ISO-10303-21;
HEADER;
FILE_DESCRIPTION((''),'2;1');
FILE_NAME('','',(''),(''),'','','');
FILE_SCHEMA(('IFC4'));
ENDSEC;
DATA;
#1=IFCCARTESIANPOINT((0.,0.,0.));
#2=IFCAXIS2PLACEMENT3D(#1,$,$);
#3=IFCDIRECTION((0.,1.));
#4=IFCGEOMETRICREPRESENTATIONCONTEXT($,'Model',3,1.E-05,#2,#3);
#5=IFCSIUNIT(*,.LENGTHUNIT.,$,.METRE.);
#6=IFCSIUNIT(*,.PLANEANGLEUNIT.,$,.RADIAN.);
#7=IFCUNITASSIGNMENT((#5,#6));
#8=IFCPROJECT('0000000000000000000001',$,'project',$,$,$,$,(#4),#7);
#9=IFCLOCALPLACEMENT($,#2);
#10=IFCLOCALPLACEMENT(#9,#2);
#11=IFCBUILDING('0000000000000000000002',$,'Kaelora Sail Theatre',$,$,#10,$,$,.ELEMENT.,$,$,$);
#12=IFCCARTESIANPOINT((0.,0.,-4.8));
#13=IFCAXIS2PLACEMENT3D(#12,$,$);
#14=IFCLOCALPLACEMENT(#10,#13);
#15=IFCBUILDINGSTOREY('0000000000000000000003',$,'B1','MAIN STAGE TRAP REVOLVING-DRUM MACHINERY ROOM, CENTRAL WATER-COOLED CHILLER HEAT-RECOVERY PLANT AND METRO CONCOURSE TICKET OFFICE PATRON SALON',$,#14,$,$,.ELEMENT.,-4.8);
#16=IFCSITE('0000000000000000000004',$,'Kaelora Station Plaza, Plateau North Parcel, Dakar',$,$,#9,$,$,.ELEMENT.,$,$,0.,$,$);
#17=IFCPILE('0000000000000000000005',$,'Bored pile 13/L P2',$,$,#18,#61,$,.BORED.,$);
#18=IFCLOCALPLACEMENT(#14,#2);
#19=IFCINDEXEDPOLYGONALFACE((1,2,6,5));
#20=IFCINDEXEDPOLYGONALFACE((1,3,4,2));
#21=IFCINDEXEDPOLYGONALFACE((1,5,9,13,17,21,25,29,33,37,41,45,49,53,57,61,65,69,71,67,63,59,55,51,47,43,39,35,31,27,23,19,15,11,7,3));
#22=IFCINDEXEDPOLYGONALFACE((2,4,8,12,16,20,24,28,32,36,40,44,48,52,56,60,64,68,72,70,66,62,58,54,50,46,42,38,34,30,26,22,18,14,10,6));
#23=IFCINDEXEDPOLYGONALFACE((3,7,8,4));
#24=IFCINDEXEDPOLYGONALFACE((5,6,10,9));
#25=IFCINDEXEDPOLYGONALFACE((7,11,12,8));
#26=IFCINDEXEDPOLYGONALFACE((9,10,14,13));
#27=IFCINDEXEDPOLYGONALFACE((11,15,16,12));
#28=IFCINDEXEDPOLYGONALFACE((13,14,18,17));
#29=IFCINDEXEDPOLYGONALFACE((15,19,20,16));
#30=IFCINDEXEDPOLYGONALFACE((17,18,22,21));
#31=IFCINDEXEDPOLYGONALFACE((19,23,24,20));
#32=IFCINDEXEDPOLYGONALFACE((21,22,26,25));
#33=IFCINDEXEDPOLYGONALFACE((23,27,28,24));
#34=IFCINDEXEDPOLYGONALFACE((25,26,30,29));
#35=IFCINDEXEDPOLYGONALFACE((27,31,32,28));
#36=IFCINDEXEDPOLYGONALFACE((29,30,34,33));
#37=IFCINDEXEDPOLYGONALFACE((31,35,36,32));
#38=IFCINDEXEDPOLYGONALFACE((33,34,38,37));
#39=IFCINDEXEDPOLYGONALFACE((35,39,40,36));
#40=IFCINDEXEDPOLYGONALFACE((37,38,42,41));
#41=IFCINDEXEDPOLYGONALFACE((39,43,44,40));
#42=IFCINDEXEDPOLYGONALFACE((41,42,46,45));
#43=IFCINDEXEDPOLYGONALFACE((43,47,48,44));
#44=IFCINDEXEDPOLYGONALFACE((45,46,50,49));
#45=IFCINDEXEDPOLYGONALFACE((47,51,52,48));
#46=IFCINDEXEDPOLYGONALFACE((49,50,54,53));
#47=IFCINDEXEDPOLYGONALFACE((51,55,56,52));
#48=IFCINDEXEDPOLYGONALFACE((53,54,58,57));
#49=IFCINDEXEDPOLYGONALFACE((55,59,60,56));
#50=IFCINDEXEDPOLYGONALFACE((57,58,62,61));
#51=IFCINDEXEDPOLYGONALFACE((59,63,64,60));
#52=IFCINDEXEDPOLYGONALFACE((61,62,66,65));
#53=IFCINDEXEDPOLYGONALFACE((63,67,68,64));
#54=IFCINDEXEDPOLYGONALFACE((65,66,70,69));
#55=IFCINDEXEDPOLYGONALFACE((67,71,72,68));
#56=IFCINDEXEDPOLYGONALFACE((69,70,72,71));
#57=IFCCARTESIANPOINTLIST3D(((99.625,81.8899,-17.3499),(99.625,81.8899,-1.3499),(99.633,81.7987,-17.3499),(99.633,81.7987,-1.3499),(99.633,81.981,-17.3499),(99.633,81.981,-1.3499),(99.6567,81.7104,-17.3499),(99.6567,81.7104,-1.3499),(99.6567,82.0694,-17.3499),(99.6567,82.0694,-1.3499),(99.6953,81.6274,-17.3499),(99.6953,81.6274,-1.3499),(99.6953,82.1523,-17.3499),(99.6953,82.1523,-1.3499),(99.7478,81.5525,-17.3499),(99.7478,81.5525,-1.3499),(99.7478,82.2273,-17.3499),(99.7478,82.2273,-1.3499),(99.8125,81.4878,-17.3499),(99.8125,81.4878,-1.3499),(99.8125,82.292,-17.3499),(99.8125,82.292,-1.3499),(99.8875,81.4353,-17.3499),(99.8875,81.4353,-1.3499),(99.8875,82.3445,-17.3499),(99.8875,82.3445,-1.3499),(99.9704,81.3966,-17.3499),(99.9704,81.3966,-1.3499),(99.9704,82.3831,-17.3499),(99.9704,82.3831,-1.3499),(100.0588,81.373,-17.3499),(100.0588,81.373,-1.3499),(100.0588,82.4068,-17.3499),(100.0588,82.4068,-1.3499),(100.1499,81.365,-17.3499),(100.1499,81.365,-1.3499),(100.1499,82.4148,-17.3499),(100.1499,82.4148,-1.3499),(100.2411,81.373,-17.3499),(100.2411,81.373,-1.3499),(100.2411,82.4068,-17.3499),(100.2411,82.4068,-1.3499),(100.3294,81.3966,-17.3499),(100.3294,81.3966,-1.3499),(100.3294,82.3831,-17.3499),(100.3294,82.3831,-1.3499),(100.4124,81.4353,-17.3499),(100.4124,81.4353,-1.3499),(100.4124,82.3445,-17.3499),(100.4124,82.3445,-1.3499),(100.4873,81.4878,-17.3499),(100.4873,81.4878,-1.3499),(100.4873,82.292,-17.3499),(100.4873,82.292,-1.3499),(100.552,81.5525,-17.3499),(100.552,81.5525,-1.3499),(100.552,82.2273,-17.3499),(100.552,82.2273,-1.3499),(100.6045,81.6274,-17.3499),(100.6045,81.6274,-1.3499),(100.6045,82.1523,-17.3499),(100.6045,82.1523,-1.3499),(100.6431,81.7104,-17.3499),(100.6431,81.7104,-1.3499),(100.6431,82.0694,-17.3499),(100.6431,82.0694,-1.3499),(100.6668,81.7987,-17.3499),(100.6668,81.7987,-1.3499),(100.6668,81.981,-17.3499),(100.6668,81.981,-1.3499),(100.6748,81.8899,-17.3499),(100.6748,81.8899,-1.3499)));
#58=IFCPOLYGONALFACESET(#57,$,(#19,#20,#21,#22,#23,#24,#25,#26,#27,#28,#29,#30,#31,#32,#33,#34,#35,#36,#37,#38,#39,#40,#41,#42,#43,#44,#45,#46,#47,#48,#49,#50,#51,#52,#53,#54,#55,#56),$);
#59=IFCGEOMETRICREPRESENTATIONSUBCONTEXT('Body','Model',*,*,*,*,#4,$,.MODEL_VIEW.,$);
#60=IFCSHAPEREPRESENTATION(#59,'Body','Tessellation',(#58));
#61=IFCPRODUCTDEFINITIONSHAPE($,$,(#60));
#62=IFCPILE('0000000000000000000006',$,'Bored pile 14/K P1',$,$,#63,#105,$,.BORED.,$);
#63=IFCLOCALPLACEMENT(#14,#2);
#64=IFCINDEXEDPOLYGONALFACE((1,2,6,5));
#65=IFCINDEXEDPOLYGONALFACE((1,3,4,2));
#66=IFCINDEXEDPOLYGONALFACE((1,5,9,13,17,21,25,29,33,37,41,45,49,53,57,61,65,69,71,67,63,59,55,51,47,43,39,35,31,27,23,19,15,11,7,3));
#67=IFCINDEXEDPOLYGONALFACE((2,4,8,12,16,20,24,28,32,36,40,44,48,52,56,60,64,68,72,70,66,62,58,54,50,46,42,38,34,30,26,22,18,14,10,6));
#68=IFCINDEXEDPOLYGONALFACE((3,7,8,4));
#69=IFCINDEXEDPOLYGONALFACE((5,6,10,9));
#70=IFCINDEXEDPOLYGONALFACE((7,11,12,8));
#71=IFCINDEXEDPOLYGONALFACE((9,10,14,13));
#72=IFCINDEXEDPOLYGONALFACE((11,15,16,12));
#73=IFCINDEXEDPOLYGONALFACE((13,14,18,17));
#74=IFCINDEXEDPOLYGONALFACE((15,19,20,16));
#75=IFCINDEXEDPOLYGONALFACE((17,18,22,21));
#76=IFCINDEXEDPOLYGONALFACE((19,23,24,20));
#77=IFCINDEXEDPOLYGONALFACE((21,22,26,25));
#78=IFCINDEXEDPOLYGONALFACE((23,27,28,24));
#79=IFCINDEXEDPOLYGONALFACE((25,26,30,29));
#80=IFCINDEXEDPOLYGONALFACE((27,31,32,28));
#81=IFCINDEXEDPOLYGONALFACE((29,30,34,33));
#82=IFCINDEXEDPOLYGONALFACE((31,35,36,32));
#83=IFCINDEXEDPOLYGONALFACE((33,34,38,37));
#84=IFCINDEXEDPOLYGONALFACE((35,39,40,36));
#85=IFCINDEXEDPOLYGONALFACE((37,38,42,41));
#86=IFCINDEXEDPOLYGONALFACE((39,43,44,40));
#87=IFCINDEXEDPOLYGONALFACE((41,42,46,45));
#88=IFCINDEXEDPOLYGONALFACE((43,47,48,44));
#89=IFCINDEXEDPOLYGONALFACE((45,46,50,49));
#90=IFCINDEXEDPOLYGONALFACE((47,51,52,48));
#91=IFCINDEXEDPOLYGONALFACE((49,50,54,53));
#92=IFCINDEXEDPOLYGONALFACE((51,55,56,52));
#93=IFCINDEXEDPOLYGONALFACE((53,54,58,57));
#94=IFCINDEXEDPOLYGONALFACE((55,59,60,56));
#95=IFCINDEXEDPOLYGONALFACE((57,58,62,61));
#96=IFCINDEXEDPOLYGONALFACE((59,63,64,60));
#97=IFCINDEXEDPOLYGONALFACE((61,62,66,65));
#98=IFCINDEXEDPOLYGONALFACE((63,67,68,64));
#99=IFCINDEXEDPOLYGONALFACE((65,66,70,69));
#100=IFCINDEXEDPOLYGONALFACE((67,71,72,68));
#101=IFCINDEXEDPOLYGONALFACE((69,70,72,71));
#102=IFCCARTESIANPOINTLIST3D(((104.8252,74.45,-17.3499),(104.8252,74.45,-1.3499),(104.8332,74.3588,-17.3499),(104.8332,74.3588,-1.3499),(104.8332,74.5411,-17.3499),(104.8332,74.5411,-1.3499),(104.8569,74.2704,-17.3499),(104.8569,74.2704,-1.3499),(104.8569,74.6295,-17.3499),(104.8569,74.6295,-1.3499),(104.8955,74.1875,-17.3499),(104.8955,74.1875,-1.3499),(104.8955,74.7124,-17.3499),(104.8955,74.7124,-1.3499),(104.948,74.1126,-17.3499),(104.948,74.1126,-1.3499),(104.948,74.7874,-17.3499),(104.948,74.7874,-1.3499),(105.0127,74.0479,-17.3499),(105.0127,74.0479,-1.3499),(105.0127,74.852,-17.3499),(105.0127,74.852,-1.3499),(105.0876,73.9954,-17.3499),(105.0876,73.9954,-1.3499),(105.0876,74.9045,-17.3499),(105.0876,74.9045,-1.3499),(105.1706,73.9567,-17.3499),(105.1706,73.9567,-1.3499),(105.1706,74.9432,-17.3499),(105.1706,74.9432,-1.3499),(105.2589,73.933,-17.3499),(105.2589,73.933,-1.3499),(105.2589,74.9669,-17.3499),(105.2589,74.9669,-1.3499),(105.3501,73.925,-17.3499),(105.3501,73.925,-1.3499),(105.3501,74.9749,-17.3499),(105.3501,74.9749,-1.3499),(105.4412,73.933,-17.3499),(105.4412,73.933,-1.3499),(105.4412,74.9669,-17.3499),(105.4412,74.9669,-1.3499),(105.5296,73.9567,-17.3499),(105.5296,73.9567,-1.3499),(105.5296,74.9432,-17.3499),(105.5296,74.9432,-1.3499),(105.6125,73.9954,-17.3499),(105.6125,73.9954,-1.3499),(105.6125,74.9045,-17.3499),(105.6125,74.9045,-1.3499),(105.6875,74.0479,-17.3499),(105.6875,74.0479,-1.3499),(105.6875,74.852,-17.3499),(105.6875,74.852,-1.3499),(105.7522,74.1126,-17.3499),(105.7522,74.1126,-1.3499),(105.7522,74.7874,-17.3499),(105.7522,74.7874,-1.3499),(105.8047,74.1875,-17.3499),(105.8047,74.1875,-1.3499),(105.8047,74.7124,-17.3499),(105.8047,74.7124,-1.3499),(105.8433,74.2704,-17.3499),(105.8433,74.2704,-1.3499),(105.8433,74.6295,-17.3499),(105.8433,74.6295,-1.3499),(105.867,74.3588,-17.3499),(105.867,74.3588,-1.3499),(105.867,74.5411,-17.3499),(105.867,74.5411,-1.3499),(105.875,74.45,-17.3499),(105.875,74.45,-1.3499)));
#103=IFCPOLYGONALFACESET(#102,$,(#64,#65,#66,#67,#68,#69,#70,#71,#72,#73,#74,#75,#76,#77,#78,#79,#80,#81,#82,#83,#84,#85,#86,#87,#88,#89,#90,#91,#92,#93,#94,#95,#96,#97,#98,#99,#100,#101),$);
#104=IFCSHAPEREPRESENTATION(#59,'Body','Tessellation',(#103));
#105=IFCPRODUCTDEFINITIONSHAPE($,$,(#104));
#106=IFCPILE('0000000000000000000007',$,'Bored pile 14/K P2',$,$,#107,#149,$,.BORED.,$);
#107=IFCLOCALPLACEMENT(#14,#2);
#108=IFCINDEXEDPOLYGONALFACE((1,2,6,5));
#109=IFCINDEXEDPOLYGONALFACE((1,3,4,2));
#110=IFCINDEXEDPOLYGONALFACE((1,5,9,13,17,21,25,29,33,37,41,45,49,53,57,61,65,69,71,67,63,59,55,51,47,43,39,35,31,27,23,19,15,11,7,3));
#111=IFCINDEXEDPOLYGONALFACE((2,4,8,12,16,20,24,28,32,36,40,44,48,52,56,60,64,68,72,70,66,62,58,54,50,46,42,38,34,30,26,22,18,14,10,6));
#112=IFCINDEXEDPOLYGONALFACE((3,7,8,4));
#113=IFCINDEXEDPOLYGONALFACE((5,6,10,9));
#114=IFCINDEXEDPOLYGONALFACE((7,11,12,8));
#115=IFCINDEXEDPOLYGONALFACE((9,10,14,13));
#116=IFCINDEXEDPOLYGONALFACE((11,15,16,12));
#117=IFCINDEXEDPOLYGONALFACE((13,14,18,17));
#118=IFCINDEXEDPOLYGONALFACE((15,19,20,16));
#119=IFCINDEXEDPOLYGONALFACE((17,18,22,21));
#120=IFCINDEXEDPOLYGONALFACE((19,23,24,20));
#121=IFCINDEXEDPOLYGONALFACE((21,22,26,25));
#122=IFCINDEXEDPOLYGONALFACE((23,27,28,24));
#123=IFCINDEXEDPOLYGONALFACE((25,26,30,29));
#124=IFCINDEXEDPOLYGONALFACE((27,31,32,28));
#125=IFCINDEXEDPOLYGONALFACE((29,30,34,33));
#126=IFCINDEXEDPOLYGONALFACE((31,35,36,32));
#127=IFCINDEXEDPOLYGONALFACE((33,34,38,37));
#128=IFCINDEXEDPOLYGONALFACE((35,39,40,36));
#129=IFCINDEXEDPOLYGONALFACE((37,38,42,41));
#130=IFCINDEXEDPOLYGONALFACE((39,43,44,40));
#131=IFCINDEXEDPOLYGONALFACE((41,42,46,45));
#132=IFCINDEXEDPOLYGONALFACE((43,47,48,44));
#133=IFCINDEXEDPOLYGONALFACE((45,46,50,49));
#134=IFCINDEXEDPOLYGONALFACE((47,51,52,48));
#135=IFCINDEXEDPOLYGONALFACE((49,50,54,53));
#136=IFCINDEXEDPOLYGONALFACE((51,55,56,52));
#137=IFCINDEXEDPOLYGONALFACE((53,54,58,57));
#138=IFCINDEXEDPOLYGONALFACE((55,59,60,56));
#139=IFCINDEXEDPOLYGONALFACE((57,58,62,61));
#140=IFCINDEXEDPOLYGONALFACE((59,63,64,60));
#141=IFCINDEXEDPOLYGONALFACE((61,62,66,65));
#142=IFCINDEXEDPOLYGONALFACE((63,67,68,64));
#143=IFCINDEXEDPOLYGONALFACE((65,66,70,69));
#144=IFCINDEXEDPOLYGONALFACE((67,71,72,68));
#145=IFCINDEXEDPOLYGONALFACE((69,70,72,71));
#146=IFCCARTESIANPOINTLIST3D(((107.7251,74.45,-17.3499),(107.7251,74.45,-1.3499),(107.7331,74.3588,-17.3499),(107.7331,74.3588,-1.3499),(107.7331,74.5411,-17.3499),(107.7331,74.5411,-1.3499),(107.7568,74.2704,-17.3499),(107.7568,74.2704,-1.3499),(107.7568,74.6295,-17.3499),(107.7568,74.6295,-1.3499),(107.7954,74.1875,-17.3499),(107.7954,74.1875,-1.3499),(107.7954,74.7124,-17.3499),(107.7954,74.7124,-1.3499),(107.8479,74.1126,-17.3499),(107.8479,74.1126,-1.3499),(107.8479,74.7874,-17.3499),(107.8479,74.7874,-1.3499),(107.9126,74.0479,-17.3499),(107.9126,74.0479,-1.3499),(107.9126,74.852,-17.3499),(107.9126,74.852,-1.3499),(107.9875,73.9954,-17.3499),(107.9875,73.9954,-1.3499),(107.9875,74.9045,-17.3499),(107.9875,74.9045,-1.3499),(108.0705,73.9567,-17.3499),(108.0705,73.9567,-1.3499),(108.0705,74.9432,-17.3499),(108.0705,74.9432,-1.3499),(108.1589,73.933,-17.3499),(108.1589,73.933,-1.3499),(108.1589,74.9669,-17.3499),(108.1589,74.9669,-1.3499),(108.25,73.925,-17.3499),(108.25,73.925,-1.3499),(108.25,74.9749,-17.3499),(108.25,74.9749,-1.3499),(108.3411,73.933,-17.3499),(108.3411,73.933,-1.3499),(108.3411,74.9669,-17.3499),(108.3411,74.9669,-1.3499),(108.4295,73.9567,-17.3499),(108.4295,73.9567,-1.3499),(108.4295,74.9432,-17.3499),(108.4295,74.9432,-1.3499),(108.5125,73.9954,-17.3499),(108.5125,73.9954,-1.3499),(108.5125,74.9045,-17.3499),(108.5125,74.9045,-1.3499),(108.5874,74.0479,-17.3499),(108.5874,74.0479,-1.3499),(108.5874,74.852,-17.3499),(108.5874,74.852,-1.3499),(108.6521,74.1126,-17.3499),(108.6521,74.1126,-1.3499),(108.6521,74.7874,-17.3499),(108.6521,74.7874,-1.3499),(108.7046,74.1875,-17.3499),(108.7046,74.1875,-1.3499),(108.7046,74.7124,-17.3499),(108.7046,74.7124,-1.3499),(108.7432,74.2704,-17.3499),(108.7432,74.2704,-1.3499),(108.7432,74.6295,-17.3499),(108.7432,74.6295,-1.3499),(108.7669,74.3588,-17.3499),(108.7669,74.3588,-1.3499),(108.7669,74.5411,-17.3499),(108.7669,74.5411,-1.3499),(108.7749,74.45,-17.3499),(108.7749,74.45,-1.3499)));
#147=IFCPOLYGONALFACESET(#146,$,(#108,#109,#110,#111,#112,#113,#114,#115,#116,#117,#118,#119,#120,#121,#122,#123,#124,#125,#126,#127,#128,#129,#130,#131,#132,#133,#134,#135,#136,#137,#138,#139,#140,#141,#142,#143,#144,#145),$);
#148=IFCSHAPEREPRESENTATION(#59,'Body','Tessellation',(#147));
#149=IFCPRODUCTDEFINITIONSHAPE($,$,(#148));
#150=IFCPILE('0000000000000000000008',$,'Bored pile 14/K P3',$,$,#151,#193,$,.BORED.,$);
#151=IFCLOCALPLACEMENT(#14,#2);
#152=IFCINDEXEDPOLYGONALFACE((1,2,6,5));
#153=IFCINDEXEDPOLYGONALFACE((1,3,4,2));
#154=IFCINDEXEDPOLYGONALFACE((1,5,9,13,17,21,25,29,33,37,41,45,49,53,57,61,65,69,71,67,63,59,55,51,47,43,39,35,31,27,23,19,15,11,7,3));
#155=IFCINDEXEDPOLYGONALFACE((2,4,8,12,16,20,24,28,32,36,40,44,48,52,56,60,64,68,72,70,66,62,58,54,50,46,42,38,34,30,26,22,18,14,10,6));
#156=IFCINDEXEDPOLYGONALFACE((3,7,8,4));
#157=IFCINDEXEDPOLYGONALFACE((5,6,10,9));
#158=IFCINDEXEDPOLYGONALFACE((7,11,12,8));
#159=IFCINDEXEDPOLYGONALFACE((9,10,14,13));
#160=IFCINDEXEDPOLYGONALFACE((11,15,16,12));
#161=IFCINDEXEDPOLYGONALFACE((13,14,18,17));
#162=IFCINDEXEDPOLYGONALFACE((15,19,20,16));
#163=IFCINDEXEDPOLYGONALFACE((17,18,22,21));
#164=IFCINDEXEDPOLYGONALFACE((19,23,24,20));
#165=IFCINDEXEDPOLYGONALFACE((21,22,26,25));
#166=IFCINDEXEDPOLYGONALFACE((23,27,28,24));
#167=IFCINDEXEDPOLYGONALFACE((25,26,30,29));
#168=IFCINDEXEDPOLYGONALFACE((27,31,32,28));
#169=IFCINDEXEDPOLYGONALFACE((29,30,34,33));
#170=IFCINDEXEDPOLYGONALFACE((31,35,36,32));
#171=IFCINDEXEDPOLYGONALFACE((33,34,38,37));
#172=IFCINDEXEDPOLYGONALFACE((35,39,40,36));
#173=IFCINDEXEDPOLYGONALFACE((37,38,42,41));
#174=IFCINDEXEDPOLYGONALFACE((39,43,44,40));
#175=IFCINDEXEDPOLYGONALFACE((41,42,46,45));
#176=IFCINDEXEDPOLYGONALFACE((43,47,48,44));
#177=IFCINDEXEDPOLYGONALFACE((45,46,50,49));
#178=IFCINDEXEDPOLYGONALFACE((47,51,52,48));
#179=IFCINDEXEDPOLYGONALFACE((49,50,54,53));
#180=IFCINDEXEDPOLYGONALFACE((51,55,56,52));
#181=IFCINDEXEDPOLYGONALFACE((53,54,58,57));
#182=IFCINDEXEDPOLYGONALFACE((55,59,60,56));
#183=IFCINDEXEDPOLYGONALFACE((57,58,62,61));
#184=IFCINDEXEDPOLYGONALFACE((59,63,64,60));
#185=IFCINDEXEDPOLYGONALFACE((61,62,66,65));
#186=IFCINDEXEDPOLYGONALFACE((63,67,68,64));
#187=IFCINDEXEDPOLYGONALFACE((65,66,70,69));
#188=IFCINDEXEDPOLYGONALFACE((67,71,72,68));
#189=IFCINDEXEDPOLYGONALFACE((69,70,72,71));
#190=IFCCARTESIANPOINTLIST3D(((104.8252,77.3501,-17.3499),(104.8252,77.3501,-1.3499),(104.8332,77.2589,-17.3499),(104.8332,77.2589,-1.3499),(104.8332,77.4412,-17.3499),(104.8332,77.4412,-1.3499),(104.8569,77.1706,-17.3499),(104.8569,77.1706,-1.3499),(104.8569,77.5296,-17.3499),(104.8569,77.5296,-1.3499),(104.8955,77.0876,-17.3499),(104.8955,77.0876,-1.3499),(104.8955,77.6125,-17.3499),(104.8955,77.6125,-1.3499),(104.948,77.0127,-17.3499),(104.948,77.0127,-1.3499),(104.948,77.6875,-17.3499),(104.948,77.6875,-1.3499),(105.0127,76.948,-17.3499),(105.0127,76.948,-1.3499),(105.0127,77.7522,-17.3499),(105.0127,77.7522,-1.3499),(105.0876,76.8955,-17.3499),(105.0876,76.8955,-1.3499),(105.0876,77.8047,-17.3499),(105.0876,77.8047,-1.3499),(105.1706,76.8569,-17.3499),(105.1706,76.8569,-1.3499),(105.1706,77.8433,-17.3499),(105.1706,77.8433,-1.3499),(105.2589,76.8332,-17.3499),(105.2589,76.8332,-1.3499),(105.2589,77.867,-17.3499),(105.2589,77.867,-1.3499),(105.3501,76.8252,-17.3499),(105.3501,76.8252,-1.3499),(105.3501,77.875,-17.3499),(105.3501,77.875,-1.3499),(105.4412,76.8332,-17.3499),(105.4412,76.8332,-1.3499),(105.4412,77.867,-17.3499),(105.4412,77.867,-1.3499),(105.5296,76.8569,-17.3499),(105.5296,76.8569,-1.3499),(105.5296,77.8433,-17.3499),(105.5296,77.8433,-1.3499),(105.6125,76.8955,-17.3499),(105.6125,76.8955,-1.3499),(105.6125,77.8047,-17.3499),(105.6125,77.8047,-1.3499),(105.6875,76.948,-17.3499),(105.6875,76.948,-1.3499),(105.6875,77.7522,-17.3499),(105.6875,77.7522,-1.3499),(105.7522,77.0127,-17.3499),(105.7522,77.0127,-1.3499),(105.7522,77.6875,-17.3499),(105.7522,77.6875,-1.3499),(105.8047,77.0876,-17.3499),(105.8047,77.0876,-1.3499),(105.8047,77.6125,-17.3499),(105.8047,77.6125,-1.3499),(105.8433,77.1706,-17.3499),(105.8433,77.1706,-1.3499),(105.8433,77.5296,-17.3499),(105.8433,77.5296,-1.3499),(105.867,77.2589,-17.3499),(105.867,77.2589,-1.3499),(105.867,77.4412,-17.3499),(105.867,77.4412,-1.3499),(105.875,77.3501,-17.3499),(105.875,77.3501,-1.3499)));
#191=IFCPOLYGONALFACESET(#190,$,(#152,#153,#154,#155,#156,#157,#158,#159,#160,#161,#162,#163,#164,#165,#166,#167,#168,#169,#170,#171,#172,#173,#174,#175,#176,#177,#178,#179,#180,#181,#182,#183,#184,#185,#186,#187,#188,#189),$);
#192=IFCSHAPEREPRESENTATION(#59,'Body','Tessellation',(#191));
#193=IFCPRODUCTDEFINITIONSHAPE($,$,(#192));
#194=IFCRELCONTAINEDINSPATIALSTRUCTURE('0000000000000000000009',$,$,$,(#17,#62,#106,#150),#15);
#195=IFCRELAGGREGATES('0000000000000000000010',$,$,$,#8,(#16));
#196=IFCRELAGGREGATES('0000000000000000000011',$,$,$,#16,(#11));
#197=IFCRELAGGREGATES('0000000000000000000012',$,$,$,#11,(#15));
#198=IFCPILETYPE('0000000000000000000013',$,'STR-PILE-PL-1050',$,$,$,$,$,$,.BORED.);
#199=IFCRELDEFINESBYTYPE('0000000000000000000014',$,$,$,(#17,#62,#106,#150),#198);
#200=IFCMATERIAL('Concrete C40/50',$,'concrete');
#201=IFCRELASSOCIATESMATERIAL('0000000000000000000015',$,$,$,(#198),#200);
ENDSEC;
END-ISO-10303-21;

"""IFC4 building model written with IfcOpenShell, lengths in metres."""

from ifc_helpers import new_model, si_unit, direction, frame, origin, origin_2d, place, context, subcontext, project, spatial, circle, extrude, material, material_profile, profile_set, type_object, element, save


model = new_model("IFC4")

# Units and contexts
model_context = context("Model", 3, precision=1e-05, world=origin(), true_north=direction((0.0, 1.0)))
body_context = subcontext(model_context, "Body", "Model", "MODEL_VIEW")
ifc_project = project(units=[si_unit("LENGTHUNIT", "METRE"), si_unit("PLANEANGLEUNIT", "RADIAN")], contexts=[model_context])

# Site, building, storey
site_placement = place(None, origin())
site = spatial("IfcSite", under=ifc_project, at=site_placement, Name="Kaelora Station Plaza, Plateau North Parcel, Dakar", CompositionType="ELEMENT", RefElevation=0.0)
building_placement = place(site_placement, origin())
building = spatial("IfcBuilding", under=site, at=building_placement, Name="Kaelora Sail Theatre", CompositionType="ELEMENT")
storey_placement = place(building_placement, frame((0.0, 0.0, -4.8)))
storey = spatial("IfcBuildingStorey", under=building, at=storey_placement, Name="B1", Description="MAIN STAGE TRAP REVOLVING-DRUM MACHINERY ROOM, CENTRAL WATER-COOLED CHILLER HEAT-RECOVERY PLANT AND METRO CONCOURSE TICKET OFFICE PATRON SALON", CompositionType="ELEMENT", Elevation=-4.8)

# Piles
ifc_material_1 = material(Name="Concrete C40/50", Category="concrete")
ifc_material_profile_1 = material_profile(ifc_material_1, circle(Radius=0.5249, at=origin_2d()), Name="PILE D1050")
ifc_profile_set_1 = profile_set([ifc_material_profile_1], Name="Concrete C40/50")
pile_type = type_object("IfcPileType", Name="STR-PILE-PL-1050", PredefinedType="BORED", material=ifc_profile_set_1)
for number, where, z_axis, x_axis, name in (
    (1, (100.1499, 81.8899, -1.3499), (0.0, 0.0, -1.0), (1.0, 0.0, 0.0), "Bored pile 13/L P2"),
    (2, (105.3501, 74.45, -1.3499), (0.0, 0.0, -1.0), (1.0, 0.0, 0.0), "Bored pile 14/K P1"),
    (3, (108.25, 74.45, -1.3499), (0.0, 0.0, -1.0), (1.0, 0.0, 0.0), "Bored pile 14/K P2"),
    (4, (105.3501, 77.3501, -1.3499), (0.0, 0.0, -1.0), (1.0, 0.0, 0.0), "Bored pile 14/K P3"),
):
    element("IfcPile", number, at=place(storey_placement, frame(where, z_axis=z_axis, x_axis=x_axis)), inside=storey, type_object=pile_type, Name=name, PredefinedType="BORED", context=body_context, shape_type="SweptSolid", body=[
        extrude(circle(Radius=0.5249, at=origin_2d()), origin(), (0.0, 0.0, 1.0), 16.0),
    ])

save(model, "model.ifc")
